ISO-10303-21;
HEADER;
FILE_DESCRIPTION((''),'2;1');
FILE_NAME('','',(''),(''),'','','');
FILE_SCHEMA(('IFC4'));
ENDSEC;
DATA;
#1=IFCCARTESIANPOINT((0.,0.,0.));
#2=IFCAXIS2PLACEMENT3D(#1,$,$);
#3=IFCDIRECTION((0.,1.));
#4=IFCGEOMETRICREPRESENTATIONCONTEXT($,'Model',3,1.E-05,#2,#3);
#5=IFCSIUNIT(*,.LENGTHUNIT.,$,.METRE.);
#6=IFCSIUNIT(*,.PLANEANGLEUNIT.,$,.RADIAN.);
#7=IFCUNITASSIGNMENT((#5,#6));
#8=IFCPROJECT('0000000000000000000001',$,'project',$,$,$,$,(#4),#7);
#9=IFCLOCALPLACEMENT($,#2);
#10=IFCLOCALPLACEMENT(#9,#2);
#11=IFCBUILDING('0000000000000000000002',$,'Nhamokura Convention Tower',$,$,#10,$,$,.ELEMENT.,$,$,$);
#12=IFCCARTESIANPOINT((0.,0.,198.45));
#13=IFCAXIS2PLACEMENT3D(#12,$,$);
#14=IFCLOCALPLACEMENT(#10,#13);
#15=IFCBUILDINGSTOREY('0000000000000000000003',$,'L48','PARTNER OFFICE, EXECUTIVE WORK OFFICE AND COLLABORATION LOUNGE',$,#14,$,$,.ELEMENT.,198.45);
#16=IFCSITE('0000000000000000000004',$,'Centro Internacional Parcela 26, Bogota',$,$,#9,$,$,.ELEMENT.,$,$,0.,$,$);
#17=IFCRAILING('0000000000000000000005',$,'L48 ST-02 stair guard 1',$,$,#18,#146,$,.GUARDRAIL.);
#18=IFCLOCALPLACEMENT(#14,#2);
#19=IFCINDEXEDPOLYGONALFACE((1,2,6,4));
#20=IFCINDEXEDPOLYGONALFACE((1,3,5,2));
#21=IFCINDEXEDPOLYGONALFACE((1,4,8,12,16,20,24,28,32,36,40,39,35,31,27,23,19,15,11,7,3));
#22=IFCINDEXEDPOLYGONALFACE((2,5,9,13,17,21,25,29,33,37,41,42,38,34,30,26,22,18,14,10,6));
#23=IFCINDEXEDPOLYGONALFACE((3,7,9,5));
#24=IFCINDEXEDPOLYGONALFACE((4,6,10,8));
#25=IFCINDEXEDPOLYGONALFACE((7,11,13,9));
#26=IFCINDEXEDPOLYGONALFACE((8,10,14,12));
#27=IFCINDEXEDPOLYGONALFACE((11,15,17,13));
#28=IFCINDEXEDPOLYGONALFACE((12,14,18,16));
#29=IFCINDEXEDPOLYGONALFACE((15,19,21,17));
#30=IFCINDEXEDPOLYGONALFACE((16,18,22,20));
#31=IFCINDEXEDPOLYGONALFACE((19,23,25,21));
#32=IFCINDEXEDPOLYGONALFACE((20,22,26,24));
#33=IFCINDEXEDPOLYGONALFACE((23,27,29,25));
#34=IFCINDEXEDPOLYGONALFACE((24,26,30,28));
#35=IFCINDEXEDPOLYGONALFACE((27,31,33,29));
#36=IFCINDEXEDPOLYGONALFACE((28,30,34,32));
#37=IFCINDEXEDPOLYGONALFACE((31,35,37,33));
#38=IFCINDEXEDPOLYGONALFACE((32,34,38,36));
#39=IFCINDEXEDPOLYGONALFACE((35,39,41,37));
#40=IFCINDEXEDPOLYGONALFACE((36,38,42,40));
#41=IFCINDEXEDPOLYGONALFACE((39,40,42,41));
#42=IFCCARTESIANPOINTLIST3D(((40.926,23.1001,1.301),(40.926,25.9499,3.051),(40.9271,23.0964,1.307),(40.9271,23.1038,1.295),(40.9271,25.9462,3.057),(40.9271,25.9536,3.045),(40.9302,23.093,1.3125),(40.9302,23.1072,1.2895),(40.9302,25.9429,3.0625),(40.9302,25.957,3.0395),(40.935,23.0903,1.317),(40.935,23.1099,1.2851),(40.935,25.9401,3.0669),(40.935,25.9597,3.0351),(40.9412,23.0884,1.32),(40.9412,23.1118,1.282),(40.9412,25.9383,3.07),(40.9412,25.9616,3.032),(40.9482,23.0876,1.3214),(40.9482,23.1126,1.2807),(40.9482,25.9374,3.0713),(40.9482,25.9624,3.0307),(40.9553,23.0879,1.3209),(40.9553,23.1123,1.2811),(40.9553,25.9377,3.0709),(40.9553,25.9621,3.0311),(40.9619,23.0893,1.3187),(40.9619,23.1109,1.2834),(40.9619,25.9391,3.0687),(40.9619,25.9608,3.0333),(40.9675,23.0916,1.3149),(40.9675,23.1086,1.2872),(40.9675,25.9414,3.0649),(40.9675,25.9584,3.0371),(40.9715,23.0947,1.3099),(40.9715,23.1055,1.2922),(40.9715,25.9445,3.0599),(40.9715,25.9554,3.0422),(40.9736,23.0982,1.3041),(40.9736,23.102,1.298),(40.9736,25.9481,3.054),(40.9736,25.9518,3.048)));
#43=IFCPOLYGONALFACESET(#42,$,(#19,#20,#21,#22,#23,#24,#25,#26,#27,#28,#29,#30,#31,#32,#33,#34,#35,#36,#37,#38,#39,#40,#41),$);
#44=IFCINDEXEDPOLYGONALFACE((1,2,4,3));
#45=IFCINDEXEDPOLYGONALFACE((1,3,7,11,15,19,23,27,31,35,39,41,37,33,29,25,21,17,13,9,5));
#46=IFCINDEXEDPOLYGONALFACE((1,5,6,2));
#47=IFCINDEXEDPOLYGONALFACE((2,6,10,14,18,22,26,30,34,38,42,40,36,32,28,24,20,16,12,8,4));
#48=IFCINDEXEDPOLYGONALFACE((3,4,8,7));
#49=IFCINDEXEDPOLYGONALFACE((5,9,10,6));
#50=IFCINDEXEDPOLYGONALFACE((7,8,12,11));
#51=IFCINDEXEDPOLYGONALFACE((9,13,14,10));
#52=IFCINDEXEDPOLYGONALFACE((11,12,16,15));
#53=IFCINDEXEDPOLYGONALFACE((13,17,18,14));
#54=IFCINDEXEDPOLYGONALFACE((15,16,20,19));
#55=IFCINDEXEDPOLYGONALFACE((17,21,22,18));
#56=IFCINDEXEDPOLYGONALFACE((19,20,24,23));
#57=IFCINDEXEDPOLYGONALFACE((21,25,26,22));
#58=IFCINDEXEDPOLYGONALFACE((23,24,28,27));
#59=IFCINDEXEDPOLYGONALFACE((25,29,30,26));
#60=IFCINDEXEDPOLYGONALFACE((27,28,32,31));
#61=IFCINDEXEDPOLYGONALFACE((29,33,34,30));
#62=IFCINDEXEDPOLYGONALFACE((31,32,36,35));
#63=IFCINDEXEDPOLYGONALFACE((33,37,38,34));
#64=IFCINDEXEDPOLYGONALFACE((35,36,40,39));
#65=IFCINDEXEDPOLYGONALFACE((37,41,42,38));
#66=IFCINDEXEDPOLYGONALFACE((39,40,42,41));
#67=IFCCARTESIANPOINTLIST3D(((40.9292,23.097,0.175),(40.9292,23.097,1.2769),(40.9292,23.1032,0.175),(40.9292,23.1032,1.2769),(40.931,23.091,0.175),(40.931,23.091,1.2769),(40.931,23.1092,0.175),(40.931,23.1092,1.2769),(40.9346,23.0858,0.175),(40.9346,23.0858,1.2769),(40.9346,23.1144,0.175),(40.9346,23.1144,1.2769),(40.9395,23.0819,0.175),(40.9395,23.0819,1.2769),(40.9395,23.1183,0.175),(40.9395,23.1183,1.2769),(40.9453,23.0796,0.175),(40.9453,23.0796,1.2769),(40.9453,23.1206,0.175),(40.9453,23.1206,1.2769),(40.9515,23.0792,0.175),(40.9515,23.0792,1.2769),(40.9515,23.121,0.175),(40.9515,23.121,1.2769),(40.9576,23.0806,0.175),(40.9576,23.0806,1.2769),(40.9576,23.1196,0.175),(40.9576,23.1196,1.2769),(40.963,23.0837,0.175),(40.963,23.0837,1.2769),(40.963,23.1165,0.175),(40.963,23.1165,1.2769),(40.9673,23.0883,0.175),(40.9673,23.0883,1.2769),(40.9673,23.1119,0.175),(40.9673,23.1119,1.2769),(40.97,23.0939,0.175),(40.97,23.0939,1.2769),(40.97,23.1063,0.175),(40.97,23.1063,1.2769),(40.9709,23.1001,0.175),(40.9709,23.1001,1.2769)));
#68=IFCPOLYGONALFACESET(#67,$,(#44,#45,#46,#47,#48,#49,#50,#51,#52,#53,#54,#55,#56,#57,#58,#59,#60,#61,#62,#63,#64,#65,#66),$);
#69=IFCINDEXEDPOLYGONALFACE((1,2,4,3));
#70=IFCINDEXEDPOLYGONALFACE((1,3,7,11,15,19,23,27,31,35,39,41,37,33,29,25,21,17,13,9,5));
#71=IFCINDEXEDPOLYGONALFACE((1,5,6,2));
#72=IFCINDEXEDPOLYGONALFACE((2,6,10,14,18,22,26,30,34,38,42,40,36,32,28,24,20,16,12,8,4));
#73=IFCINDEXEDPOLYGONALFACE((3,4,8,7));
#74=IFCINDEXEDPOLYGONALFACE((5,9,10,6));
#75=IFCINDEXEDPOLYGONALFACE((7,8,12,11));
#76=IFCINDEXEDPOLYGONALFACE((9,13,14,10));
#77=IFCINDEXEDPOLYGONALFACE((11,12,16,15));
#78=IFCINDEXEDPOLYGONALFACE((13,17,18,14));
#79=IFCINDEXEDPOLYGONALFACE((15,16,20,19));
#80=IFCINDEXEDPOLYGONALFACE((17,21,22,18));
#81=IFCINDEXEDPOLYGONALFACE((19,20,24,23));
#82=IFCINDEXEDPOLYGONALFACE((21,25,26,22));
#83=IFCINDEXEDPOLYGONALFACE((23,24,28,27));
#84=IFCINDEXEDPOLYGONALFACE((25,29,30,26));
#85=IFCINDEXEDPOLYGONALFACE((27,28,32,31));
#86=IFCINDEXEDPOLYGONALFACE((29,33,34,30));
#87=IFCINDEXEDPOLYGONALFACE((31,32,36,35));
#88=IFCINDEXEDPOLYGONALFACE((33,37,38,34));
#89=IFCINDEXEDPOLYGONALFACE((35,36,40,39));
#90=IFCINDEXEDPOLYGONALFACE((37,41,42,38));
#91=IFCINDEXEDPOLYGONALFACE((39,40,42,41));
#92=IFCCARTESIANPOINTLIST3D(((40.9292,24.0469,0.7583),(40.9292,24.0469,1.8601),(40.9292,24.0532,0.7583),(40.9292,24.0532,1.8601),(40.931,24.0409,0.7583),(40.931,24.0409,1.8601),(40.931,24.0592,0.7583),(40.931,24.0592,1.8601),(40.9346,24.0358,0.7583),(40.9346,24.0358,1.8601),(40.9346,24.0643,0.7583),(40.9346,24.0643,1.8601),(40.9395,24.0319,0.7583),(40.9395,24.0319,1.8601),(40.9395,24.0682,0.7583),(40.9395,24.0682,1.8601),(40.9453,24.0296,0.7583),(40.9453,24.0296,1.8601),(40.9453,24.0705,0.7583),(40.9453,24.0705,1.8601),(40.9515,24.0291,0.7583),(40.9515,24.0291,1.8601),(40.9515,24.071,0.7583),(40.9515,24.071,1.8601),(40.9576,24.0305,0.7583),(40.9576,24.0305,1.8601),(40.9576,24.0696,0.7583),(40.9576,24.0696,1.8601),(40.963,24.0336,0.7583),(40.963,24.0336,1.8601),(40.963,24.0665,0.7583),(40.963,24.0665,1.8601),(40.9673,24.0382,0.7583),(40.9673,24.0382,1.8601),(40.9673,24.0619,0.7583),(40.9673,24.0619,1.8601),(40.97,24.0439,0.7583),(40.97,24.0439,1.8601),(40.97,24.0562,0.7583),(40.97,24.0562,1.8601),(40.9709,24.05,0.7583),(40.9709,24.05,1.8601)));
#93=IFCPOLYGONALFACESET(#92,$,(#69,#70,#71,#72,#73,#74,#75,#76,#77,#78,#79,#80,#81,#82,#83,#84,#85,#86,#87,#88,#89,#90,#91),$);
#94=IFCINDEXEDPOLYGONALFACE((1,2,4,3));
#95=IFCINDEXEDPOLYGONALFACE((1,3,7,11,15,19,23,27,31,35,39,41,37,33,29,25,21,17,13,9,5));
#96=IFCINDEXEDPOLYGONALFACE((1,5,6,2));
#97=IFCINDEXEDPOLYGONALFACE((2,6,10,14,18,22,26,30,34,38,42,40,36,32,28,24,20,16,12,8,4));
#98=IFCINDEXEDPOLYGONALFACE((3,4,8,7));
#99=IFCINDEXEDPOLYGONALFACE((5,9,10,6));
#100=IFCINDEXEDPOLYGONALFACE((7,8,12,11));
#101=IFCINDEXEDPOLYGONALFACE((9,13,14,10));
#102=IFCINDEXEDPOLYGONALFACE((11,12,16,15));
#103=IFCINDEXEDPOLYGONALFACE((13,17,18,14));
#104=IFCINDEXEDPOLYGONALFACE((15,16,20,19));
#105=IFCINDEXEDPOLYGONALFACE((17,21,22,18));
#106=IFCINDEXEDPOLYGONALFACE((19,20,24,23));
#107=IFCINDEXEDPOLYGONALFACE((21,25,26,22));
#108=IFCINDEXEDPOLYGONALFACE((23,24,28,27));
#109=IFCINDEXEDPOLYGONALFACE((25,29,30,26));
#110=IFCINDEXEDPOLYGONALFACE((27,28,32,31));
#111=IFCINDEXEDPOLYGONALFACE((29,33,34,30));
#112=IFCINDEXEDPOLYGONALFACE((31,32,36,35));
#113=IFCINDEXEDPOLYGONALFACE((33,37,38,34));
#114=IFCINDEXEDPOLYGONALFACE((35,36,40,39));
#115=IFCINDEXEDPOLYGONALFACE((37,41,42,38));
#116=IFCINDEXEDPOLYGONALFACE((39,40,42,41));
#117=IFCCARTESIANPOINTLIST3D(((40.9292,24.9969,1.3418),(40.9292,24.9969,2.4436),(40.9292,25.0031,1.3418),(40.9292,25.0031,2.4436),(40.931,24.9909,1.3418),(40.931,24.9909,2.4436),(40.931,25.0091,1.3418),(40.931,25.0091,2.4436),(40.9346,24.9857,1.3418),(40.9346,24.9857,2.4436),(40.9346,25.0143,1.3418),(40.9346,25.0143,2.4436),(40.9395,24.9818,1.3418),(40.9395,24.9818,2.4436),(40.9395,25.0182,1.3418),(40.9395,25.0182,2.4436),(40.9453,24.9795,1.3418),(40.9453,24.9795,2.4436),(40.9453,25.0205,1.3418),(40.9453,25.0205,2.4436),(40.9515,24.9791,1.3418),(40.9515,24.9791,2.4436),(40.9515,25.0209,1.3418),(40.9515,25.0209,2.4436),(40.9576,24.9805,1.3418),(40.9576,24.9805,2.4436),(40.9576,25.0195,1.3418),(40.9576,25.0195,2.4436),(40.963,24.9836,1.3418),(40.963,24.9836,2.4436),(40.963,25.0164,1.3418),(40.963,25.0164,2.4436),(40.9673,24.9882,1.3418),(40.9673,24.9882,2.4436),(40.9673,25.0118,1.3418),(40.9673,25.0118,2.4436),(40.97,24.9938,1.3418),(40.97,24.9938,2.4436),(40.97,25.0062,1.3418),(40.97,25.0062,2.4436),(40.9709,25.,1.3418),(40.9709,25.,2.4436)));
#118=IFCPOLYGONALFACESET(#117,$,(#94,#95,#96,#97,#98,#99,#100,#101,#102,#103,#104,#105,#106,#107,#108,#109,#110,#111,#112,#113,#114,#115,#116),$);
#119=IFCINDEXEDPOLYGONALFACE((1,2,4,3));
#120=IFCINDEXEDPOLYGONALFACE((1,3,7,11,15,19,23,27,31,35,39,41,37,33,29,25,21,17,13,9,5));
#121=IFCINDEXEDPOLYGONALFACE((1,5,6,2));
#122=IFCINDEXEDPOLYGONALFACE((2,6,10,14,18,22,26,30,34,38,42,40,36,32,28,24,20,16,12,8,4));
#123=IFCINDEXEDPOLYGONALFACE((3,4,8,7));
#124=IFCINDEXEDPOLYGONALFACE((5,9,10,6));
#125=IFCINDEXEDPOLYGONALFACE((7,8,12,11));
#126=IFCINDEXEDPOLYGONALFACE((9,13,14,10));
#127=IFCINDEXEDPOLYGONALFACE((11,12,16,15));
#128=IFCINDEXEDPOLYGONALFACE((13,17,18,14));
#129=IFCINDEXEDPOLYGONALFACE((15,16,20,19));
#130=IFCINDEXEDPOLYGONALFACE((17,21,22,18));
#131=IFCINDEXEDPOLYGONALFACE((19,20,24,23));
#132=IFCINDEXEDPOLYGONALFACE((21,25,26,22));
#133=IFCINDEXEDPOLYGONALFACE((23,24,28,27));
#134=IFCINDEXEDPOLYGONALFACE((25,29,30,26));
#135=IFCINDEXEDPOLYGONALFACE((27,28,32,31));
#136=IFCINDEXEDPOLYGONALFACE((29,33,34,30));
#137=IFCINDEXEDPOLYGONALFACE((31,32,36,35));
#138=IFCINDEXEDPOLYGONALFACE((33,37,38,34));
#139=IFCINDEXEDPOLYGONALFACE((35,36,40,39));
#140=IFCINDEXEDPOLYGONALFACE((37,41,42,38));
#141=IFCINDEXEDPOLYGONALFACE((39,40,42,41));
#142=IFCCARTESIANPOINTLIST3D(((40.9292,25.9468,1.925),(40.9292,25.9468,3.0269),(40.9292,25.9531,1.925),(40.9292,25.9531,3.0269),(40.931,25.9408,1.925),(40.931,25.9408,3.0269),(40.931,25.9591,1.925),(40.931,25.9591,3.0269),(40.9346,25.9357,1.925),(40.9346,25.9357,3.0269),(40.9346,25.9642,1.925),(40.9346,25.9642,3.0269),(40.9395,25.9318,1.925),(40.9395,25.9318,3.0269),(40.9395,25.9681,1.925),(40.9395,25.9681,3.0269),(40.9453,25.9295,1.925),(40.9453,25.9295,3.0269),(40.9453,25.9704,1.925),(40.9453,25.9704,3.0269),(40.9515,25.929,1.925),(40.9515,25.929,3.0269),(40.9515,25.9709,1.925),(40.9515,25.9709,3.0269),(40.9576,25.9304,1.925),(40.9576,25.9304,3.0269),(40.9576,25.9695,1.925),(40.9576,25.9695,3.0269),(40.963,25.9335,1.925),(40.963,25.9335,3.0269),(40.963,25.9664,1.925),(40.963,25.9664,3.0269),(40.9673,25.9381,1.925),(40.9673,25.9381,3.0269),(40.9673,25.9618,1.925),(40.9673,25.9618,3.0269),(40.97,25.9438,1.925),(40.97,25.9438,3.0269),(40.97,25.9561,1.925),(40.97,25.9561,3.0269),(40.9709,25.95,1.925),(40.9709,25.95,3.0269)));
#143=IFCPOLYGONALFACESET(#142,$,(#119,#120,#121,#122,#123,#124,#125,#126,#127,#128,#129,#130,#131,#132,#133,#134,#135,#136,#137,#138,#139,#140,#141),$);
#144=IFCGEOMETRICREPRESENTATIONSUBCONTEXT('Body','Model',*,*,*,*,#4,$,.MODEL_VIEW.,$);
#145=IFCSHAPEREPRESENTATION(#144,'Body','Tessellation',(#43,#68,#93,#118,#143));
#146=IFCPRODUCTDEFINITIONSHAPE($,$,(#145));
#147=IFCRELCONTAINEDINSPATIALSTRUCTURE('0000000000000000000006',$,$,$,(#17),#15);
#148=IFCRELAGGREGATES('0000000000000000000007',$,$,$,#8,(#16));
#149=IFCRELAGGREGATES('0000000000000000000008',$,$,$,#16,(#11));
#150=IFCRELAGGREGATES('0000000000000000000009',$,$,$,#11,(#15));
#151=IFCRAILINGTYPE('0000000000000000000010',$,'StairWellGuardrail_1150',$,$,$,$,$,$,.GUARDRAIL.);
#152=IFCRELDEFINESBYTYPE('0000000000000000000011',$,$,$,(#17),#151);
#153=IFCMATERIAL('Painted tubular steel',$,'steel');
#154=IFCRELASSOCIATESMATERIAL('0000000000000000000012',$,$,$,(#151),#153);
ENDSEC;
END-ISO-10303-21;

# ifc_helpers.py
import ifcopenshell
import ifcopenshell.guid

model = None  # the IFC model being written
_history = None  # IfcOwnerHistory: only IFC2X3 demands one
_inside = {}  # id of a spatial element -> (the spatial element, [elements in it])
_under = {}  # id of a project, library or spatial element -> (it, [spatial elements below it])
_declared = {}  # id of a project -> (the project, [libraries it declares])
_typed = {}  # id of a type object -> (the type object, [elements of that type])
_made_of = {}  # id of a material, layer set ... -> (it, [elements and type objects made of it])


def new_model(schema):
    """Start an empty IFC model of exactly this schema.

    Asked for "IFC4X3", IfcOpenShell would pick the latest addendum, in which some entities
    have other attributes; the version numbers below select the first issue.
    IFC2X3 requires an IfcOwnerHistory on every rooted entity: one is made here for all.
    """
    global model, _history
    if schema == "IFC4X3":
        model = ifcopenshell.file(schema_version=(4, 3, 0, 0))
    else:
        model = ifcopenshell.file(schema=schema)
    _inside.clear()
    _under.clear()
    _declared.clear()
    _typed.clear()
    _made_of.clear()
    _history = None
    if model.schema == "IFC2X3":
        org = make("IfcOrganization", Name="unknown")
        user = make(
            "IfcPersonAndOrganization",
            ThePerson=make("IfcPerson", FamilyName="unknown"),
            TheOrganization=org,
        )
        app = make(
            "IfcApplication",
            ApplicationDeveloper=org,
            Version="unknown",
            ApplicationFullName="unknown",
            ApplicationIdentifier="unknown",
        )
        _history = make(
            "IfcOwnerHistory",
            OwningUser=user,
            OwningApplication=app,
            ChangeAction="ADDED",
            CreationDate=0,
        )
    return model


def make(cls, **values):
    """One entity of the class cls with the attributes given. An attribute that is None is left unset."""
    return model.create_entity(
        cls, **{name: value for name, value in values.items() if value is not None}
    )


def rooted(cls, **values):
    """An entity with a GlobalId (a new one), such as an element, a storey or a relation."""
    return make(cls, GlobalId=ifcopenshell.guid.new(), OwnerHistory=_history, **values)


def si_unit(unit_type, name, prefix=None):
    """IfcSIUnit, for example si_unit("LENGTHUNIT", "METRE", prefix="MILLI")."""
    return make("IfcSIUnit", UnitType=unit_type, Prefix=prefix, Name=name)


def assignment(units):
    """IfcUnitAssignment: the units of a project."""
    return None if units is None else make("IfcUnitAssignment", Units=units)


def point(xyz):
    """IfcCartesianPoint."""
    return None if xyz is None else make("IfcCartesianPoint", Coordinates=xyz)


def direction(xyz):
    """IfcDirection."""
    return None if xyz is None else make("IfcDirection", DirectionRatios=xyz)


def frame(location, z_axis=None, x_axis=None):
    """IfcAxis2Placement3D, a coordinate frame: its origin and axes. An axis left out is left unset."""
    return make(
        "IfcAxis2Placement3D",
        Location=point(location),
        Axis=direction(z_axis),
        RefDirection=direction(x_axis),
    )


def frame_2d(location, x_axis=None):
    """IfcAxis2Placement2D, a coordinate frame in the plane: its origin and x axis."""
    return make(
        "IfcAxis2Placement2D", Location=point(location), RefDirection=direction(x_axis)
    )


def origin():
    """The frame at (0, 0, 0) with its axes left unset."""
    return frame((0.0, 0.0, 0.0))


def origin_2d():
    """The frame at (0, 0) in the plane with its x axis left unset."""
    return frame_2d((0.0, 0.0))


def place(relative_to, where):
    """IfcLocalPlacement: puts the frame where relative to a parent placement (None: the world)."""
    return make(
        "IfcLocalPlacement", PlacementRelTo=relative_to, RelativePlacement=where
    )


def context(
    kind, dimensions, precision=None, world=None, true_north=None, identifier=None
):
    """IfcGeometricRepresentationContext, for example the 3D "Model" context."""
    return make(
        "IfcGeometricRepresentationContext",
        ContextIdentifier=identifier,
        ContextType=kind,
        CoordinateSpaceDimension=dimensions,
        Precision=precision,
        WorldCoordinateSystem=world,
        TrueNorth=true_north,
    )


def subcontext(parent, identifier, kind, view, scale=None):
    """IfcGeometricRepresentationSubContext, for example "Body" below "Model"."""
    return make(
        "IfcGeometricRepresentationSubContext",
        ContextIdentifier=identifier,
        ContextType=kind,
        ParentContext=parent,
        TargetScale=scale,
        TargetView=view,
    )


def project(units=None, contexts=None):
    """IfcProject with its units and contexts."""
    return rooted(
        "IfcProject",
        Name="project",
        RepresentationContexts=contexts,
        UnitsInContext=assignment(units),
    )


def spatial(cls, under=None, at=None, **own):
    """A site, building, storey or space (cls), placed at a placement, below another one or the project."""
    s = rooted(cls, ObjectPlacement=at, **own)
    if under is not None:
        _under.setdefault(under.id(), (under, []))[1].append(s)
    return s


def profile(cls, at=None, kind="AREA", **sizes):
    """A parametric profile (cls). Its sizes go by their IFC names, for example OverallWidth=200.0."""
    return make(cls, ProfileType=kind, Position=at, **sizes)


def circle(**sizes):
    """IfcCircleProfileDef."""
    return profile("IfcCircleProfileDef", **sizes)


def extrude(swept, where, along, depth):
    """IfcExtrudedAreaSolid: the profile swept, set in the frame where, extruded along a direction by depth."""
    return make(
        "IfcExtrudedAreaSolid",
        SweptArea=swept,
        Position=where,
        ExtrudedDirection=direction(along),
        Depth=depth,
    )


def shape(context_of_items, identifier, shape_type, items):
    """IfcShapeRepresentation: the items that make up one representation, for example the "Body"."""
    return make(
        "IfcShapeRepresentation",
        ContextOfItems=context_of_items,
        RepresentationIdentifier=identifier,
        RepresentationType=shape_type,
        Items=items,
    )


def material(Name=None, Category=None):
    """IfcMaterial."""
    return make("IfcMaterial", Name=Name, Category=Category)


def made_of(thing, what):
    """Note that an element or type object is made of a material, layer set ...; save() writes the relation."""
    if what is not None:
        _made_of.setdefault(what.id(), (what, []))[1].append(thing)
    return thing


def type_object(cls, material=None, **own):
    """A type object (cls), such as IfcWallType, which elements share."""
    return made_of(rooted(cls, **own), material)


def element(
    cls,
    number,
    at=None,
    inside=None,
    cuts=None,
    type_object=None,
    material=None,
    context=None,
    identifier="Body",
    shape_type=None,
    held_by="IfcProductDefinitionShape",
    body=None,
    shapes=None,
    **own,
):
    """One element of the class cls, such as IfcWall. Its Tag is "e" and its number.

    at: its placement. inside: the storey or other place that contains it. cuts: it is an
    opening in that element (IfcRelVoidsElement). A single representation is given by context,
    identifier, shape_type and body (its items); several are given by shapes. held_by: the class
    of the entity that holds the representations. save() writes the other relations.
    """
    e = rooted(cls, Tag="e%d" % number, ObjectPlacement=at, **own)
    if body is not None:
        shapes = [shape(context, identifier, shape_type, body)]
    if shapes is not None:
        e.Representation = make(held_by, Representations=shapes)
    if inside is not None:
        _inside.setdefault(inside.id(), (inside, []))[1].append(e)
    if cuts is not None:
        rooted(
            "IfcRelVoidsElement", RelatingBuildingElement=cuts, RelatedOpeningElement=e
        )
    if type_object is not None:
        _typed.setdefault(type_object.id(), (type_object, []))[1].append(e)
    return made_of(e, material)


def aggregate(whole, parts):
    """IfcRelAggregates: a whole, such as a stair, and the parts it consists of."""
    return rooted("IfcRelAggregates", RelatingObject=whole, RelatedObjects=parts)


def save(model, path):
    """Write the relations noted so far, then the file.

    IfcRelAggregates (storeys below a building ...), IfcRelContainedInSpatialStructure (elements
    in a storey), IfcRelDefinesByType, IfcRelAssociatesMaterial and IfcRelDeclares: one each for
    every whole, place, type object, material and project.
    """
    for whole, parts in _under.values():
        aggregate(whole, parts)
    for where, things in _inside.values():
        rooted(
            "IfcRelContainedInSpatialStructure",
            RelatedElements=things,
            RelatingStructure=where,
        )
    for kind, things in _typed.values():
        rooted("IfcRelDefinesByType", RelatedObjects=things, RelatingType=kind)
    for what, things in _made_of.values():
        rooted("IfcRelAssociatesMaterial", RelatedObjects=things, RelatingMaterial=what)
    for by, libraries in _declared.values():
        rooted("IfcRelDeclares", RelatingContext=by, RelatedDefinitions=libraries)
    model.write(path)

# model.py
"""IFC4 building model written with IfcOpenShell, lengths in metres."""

from ifc_helpers import new_model, si_unit, direction, frame, origin, origin_2d, place, context, subcontext, project, spatial, circle, extrude, material, type_object, element, save


model = new_model("IFC4")

# Units and contexts
model_context = context("Model", 3, precision=1e-05, world=origin(), true_north=direction((0.0, 1.0)))
body_context = subcontext(model_context, "Body", "Model", "MODEL_VIEW")
ifc_project = project(units=[si_unit("LENGTHUNIT", "METRE"), si_unit("PLANEANGLEUNIT", "RADIAN")], contexts=[model_context])

# Site, building, storey
site_placement = place(None, origin())
site = spatial("IfcSite", under=ifc_project, at=site_placement, Name="Centro Internacional Parcela 26, Bogota", CompositionType="ELEMENT", RefElevation=0.0)
building_placement = place(site_placement, origin())
building = spatial("IfcBuilding", under=site, at=building_placement, Name="Nhamokura Convention Tower", CompositionType="ELEMENT")
storey_placement = place(building_placement, frame((0.0, 0.0, 198.45)))
storey = spatial("IfcBuildingStorey", under=building, at=storey_placement, Name="L48", Description="PARTNER OFFICE, EXECUTIVE WORK OFFICE AND COLLABORATION LOUNGE", CompositionType="ELEMENT", Elevation=198.45)

# Railing
ifc_material_1 = material(Name="Painted tubular steel", Category="steel")
railing_type_1 = type_object("IfcRailingType", Name="StairWellGuardrail_1150", PredefinedType="GUARDRAIL", material=ifc_material_1)
railing_1_placement = place(storey_placement, frame((40.95, 23.1001, 0.175)))
element("IfcRailing", 1, at=railing_1_placement, inside=storey, type_object=railing_type_1, Name="L48 ST-02 stair guard 1", PredefinedType="GUARDRAIL", context=body_context, shape_type="SweptSolid", body=[
    extrude(circle(Radius=0.0239, at=origin_2d()), frame((0.0, 0.0, 1.126), z_axis=(0.0, 0.852159, 0.523283), x_axis=(-1.0, 0.0, 0.0)), (0.0, 0.0, 1.0), 3.3442),
    extrude(circle(Radius=0.021, at=origin_2d()), origin(), (0.0, 0.0, 1.0), 1.1018),
    extrude(circle(Radius=0.021, at=origin_2d()), frame((0.0, 0.95, 0.5833)), (0.0, 0.0, 1.0), 1.1018),
    extrude(circle(Radius=0.021, at=origin_2d()), frame((0.0, 1.8999, 1.1667)), (0.0, 0.0, 1.0), 1.1018),
    extrude(circle(Radius=0.021, at=origin_2d()), frame((0.0, 2.8499, 1.75)), (0.0, 0.0, 1.0), 1.1018),
])

save(model, "model.ifc")
